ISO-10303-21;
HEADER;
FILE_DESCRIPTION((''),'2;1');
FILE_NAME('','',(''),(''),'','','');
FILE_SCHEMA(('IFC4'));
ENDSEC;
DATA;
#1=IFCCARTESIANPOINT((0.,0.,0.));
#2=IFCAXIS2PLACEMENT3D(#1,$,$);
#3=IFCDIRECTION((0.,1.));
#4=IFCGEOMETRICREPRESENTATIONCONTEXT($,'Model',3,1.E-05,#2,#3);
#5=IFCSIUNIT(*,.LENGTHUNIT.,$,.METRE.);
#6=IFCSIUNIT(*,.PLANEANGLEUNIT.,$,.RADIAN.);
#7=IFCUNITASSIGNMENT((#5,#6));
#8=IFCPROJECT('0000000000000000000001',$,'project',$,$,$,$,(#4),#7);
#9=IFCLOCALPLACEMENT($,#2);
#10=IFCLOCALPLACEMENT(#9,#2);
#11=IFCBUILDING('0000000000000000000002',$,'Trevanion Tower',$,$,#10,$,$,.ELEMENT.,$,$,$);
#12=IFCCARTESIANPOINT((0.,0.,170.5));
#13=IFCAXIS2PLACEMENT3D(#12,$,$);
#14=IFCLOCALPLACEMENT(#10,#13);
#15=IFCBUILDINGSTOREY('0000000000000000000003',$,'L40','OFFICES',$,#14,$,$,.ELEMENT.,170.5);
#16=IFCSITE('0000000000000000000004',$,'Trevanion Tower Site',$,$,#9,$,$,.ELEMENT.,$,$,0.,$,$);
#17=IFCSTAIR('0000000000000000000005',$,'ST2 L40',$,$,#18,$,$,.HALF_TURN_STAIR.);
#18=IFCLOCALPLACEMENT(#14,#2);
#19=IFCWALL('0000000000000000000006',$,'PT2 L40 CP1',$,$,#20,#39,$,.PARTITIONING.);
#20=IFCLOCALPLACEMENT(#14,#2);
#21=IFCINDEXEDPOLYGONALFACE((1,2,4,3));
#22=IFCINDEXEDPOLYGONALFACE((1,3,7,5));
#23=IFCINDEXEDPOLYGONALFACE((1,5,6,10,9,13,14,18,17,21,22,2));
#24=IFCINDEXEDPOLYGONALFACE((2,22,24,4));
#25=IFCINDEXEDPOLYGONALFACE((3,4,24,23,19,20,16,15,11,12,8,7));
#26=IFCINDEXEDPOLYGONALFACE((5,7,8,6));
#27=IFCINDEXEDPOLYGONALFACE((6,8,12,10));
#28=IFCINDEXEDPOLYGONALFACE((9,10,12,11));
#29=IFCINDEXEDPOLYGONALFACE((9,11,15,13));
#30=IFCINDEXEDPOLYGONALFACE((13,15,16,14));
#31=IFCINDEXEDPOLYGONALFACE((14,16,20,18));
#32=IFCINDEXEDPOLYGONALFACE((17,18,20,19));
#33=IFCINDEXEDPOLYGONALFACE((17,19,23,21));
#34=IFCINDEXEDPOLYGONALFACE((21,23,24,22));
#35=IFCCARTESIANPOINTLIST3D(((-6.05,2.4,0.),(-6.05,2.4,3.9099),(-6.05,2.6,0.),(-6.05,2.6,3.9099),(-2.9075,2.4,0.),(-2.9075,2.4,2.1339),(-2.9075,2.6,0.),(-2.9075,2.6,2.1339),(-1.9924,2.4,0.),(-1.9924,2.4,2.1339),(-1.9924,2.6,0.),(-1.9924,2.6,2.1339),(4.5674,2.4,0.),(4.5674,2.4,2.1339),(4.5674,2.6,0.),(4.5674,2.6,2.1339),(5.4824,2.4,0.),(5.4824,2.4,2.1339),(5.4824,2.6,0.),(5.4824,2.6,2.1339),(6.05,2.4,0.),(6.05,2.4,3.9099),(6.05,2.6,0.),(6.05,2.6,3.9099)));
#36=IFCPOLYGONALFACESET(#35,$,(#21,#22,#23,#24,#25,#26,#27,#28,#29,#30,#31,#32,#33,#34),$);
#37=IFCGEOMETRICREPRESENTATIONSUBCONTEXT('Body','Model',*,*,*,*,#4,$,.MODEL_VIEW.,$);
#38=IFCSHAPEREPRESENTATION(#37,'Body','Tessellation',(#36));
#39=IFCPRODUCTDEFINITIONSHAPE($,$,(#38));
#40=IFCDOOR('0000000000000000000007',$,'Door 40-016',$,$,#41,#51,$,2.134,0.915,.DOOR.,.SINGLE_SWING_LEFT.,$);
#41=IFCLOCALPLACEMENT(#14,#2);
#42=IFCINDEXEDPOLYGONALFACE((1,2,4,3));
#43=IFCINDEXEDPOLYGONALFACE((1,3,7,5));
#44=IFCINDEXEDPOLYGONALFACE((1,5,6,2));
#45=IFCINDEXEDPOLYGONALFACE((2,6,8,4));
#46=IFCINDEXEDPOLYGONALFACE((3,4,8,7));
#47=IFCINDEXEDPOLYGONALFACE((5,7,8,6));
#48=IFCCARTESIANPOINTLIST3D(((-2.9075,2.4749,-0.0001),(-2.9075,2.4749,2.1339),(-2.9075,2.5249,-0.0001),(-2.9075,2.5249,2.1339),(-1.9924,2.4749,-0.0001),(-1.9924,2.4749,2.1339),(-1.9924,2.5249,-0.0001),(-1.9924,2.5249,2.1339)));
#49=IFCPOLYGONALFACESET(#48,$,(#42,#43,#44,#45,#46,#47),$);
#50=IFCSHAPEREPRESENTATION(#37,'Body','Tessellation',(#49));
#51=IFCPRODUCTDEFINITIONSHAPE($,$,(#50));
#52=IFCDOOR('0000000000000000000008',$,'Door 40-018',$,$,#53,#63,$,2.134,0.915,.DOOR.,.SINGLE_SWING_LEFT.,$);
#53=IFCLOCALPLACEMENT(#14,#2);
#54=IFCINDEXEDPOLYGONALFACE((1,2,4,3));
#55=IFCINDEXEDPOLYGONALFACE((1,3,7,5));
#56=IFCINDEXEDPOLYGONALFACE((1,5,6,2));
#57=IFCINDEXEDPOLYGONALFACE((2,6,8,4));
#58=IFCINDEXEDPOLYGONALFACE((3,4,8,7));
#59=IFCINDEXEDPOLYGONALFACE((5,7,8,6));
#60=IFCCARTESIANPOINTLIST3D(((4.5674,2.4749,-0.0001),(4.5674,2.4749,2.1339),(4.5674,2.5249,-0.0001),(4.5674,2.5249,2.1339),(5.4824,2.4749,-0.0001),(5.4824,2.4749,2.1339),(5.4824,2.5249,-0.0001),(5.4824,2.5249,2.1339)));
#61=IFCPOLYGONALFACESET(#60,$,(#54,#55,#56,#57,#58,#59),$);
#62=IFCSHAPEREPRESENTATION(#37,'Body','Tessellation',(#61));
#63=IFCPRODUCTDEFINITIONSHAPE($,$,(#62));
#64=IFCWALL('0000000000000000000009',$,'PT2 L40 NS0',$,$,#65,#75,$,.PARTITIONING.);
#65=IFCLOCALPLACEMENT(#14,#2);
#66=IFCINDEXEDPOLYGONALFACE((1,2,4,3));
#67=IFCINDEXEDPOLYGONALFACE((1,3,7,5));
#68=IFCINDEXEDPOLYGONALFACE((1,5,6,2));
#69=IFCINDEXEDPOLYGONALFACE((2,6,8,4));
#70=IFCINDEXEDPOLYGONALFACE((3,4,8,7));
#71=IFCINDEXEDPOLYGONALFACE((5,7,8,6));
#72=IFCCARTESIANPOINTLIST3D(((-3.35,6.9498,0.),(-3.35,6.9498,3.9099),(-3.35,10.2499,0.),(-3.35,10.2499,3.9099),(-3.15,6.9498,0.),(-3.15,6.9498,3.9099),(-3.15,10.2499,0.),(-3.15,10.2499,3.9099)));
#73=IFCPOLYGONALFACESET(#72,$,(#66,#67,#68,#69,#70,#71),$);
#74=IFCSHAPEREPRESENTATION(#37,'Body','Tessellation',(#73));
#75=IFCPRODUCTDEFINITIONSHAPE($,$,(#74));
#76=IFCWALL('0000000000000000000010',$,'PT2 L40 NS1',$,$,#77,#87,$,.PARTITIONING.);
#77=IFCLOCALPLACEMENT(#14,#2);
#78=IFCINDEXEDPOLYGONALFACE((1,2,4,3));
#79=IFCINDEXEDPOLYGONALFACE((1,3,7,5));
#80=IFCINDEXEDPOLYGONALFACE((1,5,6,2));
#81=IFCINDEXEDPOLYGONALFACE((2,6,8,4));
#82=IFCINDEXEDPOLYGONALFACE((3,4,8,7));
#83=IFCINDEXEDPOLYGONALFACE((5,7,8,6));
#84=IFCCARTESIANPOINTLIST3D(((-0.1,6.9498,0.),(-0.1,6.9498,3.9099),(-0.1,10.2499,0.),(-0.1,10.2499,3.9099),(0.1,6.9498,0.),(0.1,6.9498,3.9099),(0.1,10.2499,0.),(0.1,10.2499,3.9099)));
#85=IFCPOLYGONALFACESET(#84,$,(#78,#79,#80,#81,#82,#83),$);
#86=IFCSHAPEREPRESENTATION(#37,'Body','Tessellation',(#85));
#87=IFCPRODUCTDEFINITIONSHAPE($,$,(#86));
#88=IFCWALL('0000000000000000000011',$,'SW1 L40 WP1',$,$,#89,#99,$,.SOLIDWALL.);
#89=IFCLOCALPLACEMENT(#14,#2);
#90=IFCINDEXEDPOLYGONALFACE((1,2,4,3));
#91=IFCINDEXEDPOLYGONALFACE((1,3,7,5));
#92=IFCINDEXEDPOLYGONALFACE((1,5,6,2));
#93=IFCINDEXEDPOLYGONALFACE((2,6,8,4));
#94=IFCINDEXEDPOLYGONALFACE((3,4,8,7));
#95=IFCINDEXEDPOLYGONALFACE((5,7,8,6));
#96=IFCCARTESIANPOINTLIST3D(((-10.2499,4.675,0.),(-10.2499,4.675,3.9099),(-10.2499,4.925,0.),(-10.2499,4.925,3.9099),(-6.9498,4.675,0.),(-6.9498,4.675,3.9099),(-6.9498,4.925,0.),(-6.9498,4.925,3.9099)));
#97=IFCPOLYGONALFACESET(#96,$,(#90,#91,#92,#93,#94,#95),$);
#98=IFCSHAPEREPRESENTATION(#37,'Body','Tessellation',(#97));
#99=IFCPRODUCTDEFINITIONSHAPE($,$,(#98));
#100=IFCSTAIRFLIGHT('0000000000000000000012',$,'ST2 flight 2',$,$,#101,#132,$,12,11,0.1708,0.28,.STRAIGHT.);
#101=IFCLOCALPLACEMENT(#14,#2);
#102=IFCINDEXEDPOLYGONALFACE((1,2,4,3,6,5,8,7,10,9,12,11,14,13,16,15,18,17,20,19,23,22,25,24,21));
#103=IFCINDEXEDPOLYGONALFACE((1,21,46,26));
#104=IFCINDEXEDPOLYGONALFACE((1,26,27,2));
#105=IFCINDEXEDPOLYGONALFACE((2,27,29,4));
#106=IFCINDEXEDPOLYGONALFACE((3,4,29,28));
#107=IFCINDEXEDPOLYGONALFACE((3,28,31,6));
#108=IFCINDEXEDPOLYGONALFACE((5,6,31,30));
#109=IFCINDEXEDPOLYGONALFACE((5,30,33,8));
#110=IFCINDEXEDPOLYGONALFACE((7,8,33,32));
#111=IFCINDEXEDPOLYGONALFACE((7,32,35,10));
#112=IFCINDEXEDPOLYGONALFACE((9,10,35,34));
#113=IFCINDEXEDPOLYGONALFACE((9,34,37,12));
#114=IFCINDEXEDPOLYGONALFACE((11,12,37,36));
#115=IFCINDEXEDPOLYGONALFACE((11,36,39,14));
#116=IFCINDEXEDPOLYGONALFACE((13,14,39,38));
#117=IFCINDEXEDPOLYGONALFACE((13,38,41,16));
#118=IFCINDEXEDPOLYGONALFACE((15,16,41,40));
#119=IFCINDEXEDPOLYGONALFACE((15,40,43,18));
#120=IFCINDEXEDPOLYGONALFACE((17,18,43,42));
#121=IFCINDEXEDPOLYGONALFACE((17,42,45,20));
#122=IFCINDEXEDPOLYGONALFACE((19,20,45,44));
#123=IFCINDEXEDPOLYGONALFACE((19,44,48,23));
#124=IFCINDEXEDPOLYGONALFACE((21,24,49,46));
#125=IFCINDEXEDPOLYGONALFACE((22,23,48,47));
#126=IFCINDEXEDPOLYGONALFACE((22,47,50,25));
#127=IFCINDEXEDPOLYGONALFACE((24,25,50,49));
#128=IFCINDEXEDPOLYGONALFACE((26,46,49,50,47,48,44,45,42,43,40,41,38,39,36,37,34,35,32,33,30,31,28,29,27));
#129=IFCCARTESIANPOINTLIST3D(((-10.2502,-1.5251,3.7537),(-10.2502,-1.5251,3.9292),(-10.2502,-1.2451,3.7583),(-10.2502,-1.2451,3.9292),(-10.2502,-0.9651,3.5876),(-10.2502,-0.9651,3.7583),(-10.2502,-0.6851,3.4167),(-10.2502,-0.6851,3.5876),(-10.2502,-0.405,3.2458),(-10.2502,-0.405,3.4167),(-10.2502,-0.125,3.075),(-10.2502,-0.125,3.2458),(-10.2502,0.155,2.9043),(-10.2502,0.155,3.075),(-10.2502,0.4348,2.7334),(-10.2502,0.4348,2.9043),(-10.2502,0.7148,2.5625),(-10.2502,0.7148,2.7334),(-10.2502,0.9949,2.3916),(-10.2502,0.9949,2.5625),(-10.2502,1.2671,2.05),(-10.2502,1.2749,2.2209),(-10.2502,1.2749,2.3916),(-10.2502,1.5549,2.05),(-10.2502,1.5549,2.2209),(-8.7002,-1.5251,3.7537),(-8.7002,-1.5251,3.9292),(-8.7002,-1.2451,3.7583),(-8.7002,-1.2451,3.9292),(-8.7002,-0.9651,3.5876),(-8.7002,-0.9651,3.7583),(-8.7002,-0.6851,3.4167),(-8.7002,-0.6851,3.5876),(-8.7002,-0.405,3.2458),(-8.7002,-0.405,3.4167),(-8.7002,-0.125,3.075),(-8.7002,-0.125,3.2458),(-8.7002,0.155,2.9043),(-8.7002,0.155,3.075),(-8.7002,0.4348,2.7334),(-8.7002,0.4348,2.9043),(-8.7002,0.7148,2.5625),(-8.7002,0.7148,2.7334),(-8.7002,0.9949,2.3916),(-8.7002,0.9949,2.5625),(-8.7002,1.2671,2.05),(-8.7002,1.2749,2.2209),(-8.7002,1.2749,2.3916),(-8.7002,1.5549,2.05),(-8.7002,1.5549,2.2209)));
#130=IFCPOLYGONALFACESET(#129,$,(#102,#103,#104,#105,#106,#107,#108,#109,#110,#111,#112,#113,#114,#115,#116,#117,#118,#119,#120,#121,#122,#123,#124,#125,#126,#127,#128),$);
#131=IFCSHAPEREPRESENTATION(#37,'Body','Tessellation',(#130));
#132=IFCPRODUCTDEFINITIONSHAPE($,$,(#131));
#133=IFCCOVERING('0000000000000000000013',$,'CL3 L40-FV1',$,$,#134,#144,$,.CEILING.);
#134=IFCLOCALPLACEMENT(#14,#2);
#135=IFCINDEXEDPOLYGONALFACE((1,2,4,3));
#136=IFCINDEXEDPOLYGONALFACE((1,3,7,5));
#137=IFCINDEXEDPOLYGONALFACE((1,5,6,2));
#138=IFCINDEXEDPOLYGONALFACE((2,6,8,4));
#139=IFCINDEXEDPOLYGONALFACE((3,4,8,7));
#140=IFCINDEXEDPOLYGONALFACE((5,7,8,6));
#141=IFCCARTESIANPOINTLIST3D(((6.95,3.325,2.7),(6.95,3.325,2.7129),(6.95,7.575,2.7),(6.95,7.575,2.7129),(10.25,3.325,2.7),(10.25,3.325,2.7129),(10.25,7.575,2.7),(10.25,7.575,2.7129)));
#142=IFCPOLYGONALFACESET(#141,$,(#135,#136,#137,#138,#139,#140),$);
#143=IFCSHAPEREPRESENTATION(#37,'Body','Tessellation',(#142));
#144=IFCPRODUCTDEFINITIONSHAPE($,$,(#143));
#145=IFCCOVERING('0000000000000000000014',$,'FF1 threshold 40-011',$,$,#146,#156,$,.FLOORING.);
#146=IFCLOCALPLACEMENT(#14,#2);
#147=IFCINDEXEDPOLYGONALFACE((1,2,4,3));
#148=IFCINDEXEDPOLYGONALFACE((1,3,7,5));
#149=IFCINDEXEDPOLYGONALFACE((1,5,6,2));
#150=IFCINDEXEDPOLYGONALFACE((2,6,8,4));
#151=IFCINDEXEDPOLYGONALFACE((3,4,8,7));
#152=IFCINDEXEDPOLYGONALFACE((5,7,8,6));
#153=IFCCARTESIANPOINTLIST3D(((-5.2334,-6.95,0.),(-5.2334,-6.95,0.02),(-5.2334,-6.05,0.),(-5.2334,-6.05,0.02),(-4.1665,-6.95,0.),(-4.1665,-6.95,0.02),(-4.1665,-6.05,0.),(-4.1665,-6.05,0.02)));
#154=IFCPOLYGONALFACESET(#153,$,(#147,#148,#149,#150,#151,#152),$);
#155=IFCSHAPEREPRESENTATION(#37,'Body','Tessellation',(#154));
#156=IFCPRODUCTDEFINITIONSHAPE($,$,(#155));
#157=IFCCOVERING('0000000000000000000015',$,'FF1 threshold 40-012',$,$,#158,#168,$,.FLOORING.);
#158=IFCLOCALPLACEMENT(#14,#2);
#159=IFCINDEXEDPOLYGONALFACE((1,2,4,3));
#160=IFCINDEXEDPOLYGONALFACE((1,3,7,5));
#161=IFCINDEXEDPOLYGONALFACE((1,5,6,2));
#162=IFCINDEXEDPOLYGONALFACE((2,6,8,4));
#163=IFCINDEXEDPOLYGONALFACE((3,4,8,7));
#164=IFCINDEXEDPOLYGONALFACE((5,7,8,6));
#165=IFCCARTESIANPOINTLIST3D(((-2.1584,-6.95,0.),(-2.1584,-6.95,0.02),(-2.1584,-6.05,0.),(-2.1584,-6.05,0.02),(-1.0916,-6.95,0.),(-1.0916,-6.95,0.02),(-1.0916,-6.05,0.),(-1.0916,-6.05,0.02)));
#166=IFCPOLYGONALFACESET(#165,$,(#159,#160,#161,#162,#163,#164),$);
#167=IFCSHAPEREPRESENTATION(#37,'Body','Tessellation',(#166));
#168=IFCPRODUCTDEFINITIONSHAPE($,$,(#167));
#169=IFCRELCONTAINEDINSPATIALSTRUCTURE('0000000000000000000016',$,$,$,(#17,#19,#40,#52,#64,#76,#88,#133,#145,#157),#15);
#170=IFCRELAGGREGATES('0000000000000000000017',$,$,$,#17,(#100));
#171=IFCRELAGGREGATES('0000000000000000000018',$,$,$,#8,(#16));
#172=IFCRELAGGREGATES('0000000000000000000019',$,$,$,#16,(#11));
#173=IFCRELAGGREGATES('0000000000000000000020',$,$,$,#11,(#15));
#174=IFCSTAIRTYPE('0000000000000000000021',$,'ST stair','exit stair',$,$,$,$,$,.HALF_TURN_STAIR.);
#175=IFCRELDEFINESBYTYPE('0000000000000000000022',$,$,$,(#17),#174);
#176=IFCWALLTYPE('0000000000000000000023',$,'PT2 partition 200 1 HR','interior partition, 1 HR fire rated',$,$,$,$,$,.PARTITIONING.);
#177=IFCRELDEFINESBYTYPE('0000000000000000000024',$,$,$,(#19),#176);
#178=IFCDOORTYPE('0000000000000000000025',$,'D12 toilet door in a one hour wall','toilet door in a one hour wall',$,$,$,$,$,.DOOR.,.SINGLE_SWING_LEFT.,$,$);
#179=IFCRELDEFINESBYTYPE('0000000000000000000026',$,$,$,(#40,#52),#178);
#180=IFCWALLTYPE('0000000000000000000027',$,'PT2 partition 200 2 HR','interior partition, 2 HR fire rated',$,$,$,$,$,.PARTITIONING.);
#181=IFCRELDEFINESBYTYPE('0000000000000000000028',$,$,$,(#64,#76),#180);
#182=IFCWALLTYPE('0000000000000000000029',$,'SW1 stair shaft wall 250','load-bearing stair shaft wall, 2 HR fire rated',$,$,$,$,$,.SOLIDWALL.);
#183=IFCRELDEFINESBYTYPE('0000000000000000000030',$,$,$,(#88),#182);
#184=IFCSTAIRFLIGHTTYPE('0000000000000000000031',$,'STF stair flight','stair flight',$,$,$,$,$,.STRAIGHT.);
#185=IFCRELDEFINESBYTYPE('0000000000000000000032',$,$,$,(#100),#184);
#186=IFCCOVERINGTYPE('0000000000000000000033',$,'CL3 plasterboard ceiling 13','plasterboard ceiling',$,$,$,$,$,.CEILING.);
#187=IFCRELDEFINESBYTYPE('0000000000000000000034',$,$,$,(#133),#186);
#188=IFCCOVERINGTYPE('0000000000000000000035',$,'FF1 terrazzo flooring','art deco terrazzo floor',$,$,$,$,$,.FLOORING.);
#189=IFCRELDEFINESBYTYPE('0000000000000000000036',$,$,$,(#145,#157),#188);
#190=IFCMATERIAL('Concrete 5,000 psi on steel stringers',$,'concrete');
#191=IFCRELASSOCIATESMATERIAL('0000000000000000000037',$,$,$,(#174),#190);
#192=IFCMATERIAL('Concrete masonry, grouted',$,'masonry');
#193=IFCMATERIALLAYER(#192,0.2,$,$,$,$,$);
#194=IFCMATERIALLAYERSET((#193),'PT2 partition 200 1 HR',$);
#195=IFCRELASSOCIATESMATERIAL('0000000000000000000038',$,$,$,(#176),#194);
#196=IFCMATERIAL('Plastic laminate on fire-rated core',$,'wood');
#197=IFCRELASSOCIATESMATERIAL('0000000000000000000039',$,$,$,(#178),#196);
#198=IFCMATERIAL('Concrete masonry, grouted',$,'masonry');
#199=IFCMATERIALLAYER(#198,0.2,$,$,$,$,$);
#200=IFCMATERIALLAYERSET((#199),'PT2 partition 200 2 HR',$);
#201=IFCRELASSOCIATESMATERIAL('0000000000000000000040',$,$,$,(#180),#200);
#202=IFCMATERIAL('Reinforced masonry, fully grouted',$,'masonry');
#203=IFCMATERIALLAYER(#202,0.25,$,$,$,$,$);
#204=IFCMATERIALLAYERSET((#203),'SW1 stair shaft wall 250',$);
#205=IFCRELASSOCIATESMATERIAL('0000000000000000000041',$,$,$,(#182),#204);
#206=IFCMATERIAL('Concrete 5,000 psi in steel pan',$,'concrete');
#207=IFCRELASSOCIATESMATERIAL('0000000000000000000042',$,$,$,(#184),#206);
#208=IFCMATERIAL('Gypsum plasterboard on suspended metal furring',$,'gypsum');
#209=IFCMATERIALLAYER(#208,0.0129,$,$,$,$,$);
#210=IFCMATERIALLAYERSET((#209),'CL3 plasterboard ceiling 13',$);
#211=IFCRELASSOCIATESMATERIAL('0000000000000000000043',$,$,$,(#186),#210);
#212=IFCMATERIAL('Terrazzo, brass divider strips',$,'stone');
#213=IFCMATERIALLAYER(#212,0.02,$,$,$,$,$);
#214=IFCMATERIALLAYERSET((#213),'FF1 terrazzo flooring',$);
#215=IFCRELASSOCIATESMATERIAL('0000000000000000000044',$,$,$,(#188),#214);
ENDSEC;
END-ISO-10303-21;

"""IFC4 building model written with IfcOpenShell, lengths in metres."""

from ifc_helpers import new_model, si_unit, direction, frame, frame_2d, origin, place, context, subcontext, project, spatial, polyline, rectangle, outline, extrude, material, layer, layer_set, type_object, element, fill, aggregate, save


model = new_model("IFC4")

# Units and contexts
model_context = context("Model", 3, precision=1e-05, world=origin(), true_north=direction((0.0, 1.0)))
body_context = subcontext(model_context, "Body", "Model", "MODEL_VIEW")
ifc_project = project(units=[si_unit("LENGTHUNIT", "METRE"), si_unit("PLANEANGLEUNIT", "RADIAN")], contexts=[model_context])

# Site, building, storey
site_placement = place(None, origin())
site = spatial("IfcSite", under=ifc_project, at=site_placement, Name="Trevanion Tower Site", CompositionType="ELEMENT", RefElevation=0.0)
building_placement = place(site_placement, origin())
building = spatial("IfcBuilding", under=site, at=building_placement, Name="Trevanion Tower", CompositionType="ELEMENT")
storey_placement = place(building_placement, frame((0.0, 0.0, 170.5)))
storey = spatial("IfcBuildingStorey", under=building, at=storey_placement, Name="L40", Description="OFFICES", CompositionType="ELEMENT", Elevation=170.5)

# Stair
ifc_material_1 = material(Name="Concrete 5,000 psi on steel stringers", Category="concrete")
stair_type = type_object("IfcStairType", Name="ST stair", Description="exit stair", PredefinedType="HALF_TURN_STAIR", material=ifc_material_1)
stair_1_placement = place(storey_placement, origin())
stair_1 = element("IfcStair", 1, at=stair_1_placement, inside=storey, type_object=stair_type, Name="ST2 L40", PredefinedType="HALF_TURN_STAIR")

# Wall, openings, doors
ifc_material_2 = material(Name="Concrete masonry, grouted", Category="masonry")
ifc_layer_1 = layer(ifc_material_2, 0.2)
ifc_layer_set_1 = layer_set([ifc_layer_1], Name="PT2 partition 200 1 HR")
wall_type_1 = type_object("IfcWallType", Name="PT2 partition 200 1 HR", Description="interior partition, 1 HR fire rated", PredefinedType="PARTITIONING", material=ifc_layer_set_1)
wall_1_placement = place(storey_placement, frame((-6.05, 2.5, 0.0), z_axis=(0.0, 0.0, 1.0), x_axis=(1.0, 0.0, 0.0)))
wall_1 = element("IfcWall", 2, at=wall_1_placement, inside=storey, type_object=wall_type_1, Name="PT2 L40 CP1", PredefinedType="PARTITIONING", context=body_context, shape_type="SweptSolid", body=[
    extrude(rectangle(XDim=12.1001, YDim=0.2, at=frame_2d((6.05, 0.0))), origin(), (0.0, 0.0, 1.0), 3.9099),
])
opening_1_placement = place(wall_1_placement, frame((3.1426, 0.0, 0.0)))
opening_1 = element("IfcOpeningElement", 3, at=opening_1_placement, cuts=wall_1, PredefinedType="OPENING", context=body_context, shape_type="SweptSolid", body=[
    extrude(rectangle(XDim=0.915, YDim=2.134, at=frame_2d((0.4575, 1.0669))), frame((0.0, 0.1099, 0.0), z_axis=(0.0, -1.0, 0.0), x_axis=(1.0, 0.0, 0.0)), (0.0, 0.0, 1.0), 0.22),
])
opening_2_placement = place(wall_1_placement, frame((10.6174, 0.0, 0.0)))
opening_2 = element("IfcOpeningElement", 4, at=opening_2_placement, cuts=wall_1, PredefinedType="OPENING", context=body_context, shape_type="SweptSolid", body=[
    extrude(rectangle(XDim=0.915, YDim=2.134, at=frame_2d((0.4575, 1.0669))), frame((0.0, 0.1099, 0.0), z_axis=(0.0, -1.0, 0.0), x_axis=(1.0, 0.0, 0.0)), (0.0, 0.0, 1.0), 0.22),
])
ifc_material_3 = material(Name="Plastic laminate on fire-rated core", Category="wood")
door_type_1 = type_object("IfcDoorType", Name="D12 toilet door in a one hour wall", Description="toilet door in a one hour wall", OperationType="SINGLE_SWING_LEFT", PredefinedType="DOOR", material=ifc_material_3)
door_1_placement = place(opening_1_placement, origin())
door_1 = element("IfcDoor", 5, at=door_1_placement, inside=storey, type_object=door_type_1, Name="Door 40-016", OperationType="SINGLE_SWING_LEFT", OverallHeight=2.134, OverallWidth=0.915, PredefinedType="DOOR", context=body_context, shape_type="SweptSolid", body=[
    extrude(rectangle(XDim=0.915, YDim=2.134, at=frame_2d((0.4575, 1.0669))), frame((0.0, 0.0249, 0.0), z_axis=(0.0, -1.0, 0.0), x_axis=(1.0, 0.0, 0.0)), (0.0, 0.0, 1.0), 0.05),
])
fill(opening_1, door_1)
door_2_placement = place(opening_2_placement, origin())
door_2 = element("IfcDoor", 6, at=door_2_placement, inside=storey, type_object=door_type_1, Name="Door 40-018", OperationType="SINGLE_SWING_LEFT", OverallHeight=2.134, OverallWidth=0.915, PredefinedType="DOOR", context=body_context, shape_type="SweptSolid", body=[
    extrude(rectangle(XDim=0.915, YDim=2.134, at=frame_2d((0.4575, 1.0669))), frame((0.0, 0.0249, 0.0), z_axis=(0.0, -1.0, 0.0), x_axis=(1.0, 0.0, 0.0)), (0.0, 0.0, 1.0), 0.05),
])
fill(opening_2, door_2)

# Walls
ifc_material_4 = material(Name="Concrete masonry, grouted", Category="masonry")
ifc_layer_2 = layer(ifc_material_4, 0.2)
ifc_layer_set_2 = layer_set([ifc_layer_2], Name="PT2 partition 200 2 HR")
wall_type_2 = type_object("IfcWallType", Name="PT2 partition 200 2 HR", Description="interior partition, 2 HR fire rated", PredefinedType="PARTITIONING", material=ifc_layer_set_2)
for number, where, z_axis, x_axis, name in (
    (7, (-3.25, 6.95, 0.0), (0.0, 0.0, 1.0), (0.0, 1.0, 0.0), "PT2 L40 NS0"),
    (8, (0.0, 6.95, 0.0), (0.0, 0.0, 1.0), (0.0, 1.0, 0.0), "PT2 L40 NS1"),
):
    element("IfcWall", number, at=place(storey_placement, frame(where, z_axis=z_axis, x_axis=x_axis)), inside=storey, type_object=wall_type_2, Name=name, PredefinedType="PARTITIONING", context=body_context, shape_type="SweptSolid", body=[
        extrude(rectangle(XDim=3.3, YDim=0.2, at=frame_2d((1.6499, 0.0))), origin(), (0.0, 0.0, 1.0), 3.9099),
    ])
ifc_material_5 = material(Name="Reinforced masonry, fully grouted", Category="masonry")
ifc_layer_3 = layer(ifc_material_5, 0.25)
ifc_layer_set_3 = layer_set([ifc_layer_3], Name="SW1 stair shaft wall 250")
wall_type_3 = type_object("IfcWallType", Name="SW1 stair shaft wall 250", Description="load-bearing stair shaft wall, 2 HR fire rated", PredefinedType="SOLIDWALL", material=ifc_layer_set_3)
wall_2_placement = place(storey_placement, frame((-6.95, 4.8, 0.0), z_axis=(0.0, 0.0, 1.0), x_axis=(-1.0, 0.0, 0.0)))
element("IfcWall", 9, at=wall_2_placement, inside=storey, type_object=wall_type_3, Name="SW1 L40 WP1", PredefinedType="SOLIDWALL", context=body_context, shape_type="SweptSolid", body=[
    extrude(rectangle(XDim=3.3, YDim=0.25, at=frame_2d((1.6499, 0.0))), origin(), (0.0, 0.0, 1.0), 3.9099),
])

# Stair flight
ifc_material_6 = material(Name="Concrete 5,000 psi in steel pan", Category="concrete")
stair_flight_type = type_object("IfcStairFlightType", Name="STF stair flight", Description="stair flight", PredefinedType="STRAIGHT", material=ifc_material_6)
stair_flight_placement = place(storey_placement, frame((-9.4751, 1.5549, 2.05), z_axis=(0.0, 0.0, 1.0), x_axis=(0.0, -1.0, 0.0)))
stair_flight = element("IfcStairFlight", 10, at=stair_flight_placement, type_object=stair_flight_type, Name="ST2 flight 2", NumberOfRisers=12, NumberOfTreads=11, PredefinedType="STRAIGHT", RiserHeight=0.1708, TreadLength=0.28, context=body_context, shape_type="SweptSolid", body=[
    extrude(outline(polyline([(0.0, 0.0), (0.0, 0.1709), (0.28, 0.1709), (0.28, 0.3416), (0.5601, 0.3416), (0.5601, 0.5125), (0.8401, 0.5125), (0.8401, 0.6833), (1.1201, 0.6833), (1.1201, 0.8542), (1.3999, 0.8542), (1.3999, 1.0249), (1.6799, 1.0249), (1.6799, 1.1958), (1.96, 1.1958), (1.96, 1.3667), (2.24, 1.3667), (2.24, 1.5376), (2.52, 1.5376), (2.52, 1.7083), (2.8, 1.7083), (2.8, 1.8792), (3.0801, 1.8792), (3.0801, 2.05), (3.0801, 1.7036), (0.2878, 0.0), (0.0, 0.0)])), frame((0.0, 0.7749, 0.0), z_axis=(0.0, -1.0, 0.0), x_axis=(1.0, 0.0, 0.0)), (0.0, 0.0, 1.0), 1.55),
])
aggregate(stair_1, [stair_flight])

# Coverings
ifc_material_7 = material(Name="Gypsum plasterboard on suspended metal furring", Category="gypsum")
ifc_layer_4 = layer(ifc_material_7, 0.0129)
ifc_layer_set_4 = layer_set([ifc_layer_4], Name="CL3 plasterboard ceiling 13")
covering_type_1 = type_object("IfcCoveringType", Name="CL3 plasterboard ceiling 13", Description="plasterboard ceiling", PredefinedType="CEILING", material=ifc_layer_set_4)
covering_1_placement = place(storey_placement, frame((0.0, 0.0, 2.7)))
element("IfcCovering", 11, at=covering_1_placement, inside=storey, type_object=covering_type_1, Name="CL3 L40-FV1", PredefinedType="CEILING", context=body_context, shape_type="SweptSolid", body=[
    extrude(outline(polyline([(10.25, 3.325), (10.25, 7.575), (6.95, 7.575), (6.95, 3.325), (10.25, 3.325)])), origin(), (0.0, 0.0, 1.0), 0.0129),
])
ifc_material_8 = material(Name="Terrazzo, brass divider strips", Category="stone")
ifc_layer_5 = layer(ifc_material_8, 0.02)
ifc_layer_set_5 = layer_set([ifc_layer_5], Name="FF1 terrazzo flooring")
covering_type_2 = type_object("IfcCoveringType", Name="FF1 terrazzo flooring", Description="art deco terrazzo floor", PredefinedType="FLOORING", material=ifc_layer_set_5)
covering_2_placement = place(storey_placement, origin())
element("IfcCovering", 12, at=covering_2_placement, inside=storey, type_object=covering_type_2, Name="FF1 threshold 40-011", PredefinedType="FLOORING", context=body_context, shape_type="SweptSolid", body=[
    extrude(outline(polyline([(-5.2334, -6.95), (-4.1665, -6.95), (-4.1665, -6.05), (-5.2334, -6.05), (-5.2334, -6.95)])), origin(), (0.0, 0.0, 1.0), 0.02),
])
covering_3_placement = place(storey_placement, origin())
element("IfcCovering", 13, at=covering_3_placement, inside=storey, type_object=covering_type_2, Name="FF1 threshold 40-012", PredefinedType="FLOORING", context=body_context, shape_type="SweptSolid", body=[
    extrude(outline(polyline([(-2.1584, -6.95), (-1.0916, -6.95), (-1.0916, -6.05), (-2.1584, -6.05), (-2.1584, -6.95)])), origin(), (0.0, 0.0, 1.0), 0.02),
])

save(model, "model.ifc")
